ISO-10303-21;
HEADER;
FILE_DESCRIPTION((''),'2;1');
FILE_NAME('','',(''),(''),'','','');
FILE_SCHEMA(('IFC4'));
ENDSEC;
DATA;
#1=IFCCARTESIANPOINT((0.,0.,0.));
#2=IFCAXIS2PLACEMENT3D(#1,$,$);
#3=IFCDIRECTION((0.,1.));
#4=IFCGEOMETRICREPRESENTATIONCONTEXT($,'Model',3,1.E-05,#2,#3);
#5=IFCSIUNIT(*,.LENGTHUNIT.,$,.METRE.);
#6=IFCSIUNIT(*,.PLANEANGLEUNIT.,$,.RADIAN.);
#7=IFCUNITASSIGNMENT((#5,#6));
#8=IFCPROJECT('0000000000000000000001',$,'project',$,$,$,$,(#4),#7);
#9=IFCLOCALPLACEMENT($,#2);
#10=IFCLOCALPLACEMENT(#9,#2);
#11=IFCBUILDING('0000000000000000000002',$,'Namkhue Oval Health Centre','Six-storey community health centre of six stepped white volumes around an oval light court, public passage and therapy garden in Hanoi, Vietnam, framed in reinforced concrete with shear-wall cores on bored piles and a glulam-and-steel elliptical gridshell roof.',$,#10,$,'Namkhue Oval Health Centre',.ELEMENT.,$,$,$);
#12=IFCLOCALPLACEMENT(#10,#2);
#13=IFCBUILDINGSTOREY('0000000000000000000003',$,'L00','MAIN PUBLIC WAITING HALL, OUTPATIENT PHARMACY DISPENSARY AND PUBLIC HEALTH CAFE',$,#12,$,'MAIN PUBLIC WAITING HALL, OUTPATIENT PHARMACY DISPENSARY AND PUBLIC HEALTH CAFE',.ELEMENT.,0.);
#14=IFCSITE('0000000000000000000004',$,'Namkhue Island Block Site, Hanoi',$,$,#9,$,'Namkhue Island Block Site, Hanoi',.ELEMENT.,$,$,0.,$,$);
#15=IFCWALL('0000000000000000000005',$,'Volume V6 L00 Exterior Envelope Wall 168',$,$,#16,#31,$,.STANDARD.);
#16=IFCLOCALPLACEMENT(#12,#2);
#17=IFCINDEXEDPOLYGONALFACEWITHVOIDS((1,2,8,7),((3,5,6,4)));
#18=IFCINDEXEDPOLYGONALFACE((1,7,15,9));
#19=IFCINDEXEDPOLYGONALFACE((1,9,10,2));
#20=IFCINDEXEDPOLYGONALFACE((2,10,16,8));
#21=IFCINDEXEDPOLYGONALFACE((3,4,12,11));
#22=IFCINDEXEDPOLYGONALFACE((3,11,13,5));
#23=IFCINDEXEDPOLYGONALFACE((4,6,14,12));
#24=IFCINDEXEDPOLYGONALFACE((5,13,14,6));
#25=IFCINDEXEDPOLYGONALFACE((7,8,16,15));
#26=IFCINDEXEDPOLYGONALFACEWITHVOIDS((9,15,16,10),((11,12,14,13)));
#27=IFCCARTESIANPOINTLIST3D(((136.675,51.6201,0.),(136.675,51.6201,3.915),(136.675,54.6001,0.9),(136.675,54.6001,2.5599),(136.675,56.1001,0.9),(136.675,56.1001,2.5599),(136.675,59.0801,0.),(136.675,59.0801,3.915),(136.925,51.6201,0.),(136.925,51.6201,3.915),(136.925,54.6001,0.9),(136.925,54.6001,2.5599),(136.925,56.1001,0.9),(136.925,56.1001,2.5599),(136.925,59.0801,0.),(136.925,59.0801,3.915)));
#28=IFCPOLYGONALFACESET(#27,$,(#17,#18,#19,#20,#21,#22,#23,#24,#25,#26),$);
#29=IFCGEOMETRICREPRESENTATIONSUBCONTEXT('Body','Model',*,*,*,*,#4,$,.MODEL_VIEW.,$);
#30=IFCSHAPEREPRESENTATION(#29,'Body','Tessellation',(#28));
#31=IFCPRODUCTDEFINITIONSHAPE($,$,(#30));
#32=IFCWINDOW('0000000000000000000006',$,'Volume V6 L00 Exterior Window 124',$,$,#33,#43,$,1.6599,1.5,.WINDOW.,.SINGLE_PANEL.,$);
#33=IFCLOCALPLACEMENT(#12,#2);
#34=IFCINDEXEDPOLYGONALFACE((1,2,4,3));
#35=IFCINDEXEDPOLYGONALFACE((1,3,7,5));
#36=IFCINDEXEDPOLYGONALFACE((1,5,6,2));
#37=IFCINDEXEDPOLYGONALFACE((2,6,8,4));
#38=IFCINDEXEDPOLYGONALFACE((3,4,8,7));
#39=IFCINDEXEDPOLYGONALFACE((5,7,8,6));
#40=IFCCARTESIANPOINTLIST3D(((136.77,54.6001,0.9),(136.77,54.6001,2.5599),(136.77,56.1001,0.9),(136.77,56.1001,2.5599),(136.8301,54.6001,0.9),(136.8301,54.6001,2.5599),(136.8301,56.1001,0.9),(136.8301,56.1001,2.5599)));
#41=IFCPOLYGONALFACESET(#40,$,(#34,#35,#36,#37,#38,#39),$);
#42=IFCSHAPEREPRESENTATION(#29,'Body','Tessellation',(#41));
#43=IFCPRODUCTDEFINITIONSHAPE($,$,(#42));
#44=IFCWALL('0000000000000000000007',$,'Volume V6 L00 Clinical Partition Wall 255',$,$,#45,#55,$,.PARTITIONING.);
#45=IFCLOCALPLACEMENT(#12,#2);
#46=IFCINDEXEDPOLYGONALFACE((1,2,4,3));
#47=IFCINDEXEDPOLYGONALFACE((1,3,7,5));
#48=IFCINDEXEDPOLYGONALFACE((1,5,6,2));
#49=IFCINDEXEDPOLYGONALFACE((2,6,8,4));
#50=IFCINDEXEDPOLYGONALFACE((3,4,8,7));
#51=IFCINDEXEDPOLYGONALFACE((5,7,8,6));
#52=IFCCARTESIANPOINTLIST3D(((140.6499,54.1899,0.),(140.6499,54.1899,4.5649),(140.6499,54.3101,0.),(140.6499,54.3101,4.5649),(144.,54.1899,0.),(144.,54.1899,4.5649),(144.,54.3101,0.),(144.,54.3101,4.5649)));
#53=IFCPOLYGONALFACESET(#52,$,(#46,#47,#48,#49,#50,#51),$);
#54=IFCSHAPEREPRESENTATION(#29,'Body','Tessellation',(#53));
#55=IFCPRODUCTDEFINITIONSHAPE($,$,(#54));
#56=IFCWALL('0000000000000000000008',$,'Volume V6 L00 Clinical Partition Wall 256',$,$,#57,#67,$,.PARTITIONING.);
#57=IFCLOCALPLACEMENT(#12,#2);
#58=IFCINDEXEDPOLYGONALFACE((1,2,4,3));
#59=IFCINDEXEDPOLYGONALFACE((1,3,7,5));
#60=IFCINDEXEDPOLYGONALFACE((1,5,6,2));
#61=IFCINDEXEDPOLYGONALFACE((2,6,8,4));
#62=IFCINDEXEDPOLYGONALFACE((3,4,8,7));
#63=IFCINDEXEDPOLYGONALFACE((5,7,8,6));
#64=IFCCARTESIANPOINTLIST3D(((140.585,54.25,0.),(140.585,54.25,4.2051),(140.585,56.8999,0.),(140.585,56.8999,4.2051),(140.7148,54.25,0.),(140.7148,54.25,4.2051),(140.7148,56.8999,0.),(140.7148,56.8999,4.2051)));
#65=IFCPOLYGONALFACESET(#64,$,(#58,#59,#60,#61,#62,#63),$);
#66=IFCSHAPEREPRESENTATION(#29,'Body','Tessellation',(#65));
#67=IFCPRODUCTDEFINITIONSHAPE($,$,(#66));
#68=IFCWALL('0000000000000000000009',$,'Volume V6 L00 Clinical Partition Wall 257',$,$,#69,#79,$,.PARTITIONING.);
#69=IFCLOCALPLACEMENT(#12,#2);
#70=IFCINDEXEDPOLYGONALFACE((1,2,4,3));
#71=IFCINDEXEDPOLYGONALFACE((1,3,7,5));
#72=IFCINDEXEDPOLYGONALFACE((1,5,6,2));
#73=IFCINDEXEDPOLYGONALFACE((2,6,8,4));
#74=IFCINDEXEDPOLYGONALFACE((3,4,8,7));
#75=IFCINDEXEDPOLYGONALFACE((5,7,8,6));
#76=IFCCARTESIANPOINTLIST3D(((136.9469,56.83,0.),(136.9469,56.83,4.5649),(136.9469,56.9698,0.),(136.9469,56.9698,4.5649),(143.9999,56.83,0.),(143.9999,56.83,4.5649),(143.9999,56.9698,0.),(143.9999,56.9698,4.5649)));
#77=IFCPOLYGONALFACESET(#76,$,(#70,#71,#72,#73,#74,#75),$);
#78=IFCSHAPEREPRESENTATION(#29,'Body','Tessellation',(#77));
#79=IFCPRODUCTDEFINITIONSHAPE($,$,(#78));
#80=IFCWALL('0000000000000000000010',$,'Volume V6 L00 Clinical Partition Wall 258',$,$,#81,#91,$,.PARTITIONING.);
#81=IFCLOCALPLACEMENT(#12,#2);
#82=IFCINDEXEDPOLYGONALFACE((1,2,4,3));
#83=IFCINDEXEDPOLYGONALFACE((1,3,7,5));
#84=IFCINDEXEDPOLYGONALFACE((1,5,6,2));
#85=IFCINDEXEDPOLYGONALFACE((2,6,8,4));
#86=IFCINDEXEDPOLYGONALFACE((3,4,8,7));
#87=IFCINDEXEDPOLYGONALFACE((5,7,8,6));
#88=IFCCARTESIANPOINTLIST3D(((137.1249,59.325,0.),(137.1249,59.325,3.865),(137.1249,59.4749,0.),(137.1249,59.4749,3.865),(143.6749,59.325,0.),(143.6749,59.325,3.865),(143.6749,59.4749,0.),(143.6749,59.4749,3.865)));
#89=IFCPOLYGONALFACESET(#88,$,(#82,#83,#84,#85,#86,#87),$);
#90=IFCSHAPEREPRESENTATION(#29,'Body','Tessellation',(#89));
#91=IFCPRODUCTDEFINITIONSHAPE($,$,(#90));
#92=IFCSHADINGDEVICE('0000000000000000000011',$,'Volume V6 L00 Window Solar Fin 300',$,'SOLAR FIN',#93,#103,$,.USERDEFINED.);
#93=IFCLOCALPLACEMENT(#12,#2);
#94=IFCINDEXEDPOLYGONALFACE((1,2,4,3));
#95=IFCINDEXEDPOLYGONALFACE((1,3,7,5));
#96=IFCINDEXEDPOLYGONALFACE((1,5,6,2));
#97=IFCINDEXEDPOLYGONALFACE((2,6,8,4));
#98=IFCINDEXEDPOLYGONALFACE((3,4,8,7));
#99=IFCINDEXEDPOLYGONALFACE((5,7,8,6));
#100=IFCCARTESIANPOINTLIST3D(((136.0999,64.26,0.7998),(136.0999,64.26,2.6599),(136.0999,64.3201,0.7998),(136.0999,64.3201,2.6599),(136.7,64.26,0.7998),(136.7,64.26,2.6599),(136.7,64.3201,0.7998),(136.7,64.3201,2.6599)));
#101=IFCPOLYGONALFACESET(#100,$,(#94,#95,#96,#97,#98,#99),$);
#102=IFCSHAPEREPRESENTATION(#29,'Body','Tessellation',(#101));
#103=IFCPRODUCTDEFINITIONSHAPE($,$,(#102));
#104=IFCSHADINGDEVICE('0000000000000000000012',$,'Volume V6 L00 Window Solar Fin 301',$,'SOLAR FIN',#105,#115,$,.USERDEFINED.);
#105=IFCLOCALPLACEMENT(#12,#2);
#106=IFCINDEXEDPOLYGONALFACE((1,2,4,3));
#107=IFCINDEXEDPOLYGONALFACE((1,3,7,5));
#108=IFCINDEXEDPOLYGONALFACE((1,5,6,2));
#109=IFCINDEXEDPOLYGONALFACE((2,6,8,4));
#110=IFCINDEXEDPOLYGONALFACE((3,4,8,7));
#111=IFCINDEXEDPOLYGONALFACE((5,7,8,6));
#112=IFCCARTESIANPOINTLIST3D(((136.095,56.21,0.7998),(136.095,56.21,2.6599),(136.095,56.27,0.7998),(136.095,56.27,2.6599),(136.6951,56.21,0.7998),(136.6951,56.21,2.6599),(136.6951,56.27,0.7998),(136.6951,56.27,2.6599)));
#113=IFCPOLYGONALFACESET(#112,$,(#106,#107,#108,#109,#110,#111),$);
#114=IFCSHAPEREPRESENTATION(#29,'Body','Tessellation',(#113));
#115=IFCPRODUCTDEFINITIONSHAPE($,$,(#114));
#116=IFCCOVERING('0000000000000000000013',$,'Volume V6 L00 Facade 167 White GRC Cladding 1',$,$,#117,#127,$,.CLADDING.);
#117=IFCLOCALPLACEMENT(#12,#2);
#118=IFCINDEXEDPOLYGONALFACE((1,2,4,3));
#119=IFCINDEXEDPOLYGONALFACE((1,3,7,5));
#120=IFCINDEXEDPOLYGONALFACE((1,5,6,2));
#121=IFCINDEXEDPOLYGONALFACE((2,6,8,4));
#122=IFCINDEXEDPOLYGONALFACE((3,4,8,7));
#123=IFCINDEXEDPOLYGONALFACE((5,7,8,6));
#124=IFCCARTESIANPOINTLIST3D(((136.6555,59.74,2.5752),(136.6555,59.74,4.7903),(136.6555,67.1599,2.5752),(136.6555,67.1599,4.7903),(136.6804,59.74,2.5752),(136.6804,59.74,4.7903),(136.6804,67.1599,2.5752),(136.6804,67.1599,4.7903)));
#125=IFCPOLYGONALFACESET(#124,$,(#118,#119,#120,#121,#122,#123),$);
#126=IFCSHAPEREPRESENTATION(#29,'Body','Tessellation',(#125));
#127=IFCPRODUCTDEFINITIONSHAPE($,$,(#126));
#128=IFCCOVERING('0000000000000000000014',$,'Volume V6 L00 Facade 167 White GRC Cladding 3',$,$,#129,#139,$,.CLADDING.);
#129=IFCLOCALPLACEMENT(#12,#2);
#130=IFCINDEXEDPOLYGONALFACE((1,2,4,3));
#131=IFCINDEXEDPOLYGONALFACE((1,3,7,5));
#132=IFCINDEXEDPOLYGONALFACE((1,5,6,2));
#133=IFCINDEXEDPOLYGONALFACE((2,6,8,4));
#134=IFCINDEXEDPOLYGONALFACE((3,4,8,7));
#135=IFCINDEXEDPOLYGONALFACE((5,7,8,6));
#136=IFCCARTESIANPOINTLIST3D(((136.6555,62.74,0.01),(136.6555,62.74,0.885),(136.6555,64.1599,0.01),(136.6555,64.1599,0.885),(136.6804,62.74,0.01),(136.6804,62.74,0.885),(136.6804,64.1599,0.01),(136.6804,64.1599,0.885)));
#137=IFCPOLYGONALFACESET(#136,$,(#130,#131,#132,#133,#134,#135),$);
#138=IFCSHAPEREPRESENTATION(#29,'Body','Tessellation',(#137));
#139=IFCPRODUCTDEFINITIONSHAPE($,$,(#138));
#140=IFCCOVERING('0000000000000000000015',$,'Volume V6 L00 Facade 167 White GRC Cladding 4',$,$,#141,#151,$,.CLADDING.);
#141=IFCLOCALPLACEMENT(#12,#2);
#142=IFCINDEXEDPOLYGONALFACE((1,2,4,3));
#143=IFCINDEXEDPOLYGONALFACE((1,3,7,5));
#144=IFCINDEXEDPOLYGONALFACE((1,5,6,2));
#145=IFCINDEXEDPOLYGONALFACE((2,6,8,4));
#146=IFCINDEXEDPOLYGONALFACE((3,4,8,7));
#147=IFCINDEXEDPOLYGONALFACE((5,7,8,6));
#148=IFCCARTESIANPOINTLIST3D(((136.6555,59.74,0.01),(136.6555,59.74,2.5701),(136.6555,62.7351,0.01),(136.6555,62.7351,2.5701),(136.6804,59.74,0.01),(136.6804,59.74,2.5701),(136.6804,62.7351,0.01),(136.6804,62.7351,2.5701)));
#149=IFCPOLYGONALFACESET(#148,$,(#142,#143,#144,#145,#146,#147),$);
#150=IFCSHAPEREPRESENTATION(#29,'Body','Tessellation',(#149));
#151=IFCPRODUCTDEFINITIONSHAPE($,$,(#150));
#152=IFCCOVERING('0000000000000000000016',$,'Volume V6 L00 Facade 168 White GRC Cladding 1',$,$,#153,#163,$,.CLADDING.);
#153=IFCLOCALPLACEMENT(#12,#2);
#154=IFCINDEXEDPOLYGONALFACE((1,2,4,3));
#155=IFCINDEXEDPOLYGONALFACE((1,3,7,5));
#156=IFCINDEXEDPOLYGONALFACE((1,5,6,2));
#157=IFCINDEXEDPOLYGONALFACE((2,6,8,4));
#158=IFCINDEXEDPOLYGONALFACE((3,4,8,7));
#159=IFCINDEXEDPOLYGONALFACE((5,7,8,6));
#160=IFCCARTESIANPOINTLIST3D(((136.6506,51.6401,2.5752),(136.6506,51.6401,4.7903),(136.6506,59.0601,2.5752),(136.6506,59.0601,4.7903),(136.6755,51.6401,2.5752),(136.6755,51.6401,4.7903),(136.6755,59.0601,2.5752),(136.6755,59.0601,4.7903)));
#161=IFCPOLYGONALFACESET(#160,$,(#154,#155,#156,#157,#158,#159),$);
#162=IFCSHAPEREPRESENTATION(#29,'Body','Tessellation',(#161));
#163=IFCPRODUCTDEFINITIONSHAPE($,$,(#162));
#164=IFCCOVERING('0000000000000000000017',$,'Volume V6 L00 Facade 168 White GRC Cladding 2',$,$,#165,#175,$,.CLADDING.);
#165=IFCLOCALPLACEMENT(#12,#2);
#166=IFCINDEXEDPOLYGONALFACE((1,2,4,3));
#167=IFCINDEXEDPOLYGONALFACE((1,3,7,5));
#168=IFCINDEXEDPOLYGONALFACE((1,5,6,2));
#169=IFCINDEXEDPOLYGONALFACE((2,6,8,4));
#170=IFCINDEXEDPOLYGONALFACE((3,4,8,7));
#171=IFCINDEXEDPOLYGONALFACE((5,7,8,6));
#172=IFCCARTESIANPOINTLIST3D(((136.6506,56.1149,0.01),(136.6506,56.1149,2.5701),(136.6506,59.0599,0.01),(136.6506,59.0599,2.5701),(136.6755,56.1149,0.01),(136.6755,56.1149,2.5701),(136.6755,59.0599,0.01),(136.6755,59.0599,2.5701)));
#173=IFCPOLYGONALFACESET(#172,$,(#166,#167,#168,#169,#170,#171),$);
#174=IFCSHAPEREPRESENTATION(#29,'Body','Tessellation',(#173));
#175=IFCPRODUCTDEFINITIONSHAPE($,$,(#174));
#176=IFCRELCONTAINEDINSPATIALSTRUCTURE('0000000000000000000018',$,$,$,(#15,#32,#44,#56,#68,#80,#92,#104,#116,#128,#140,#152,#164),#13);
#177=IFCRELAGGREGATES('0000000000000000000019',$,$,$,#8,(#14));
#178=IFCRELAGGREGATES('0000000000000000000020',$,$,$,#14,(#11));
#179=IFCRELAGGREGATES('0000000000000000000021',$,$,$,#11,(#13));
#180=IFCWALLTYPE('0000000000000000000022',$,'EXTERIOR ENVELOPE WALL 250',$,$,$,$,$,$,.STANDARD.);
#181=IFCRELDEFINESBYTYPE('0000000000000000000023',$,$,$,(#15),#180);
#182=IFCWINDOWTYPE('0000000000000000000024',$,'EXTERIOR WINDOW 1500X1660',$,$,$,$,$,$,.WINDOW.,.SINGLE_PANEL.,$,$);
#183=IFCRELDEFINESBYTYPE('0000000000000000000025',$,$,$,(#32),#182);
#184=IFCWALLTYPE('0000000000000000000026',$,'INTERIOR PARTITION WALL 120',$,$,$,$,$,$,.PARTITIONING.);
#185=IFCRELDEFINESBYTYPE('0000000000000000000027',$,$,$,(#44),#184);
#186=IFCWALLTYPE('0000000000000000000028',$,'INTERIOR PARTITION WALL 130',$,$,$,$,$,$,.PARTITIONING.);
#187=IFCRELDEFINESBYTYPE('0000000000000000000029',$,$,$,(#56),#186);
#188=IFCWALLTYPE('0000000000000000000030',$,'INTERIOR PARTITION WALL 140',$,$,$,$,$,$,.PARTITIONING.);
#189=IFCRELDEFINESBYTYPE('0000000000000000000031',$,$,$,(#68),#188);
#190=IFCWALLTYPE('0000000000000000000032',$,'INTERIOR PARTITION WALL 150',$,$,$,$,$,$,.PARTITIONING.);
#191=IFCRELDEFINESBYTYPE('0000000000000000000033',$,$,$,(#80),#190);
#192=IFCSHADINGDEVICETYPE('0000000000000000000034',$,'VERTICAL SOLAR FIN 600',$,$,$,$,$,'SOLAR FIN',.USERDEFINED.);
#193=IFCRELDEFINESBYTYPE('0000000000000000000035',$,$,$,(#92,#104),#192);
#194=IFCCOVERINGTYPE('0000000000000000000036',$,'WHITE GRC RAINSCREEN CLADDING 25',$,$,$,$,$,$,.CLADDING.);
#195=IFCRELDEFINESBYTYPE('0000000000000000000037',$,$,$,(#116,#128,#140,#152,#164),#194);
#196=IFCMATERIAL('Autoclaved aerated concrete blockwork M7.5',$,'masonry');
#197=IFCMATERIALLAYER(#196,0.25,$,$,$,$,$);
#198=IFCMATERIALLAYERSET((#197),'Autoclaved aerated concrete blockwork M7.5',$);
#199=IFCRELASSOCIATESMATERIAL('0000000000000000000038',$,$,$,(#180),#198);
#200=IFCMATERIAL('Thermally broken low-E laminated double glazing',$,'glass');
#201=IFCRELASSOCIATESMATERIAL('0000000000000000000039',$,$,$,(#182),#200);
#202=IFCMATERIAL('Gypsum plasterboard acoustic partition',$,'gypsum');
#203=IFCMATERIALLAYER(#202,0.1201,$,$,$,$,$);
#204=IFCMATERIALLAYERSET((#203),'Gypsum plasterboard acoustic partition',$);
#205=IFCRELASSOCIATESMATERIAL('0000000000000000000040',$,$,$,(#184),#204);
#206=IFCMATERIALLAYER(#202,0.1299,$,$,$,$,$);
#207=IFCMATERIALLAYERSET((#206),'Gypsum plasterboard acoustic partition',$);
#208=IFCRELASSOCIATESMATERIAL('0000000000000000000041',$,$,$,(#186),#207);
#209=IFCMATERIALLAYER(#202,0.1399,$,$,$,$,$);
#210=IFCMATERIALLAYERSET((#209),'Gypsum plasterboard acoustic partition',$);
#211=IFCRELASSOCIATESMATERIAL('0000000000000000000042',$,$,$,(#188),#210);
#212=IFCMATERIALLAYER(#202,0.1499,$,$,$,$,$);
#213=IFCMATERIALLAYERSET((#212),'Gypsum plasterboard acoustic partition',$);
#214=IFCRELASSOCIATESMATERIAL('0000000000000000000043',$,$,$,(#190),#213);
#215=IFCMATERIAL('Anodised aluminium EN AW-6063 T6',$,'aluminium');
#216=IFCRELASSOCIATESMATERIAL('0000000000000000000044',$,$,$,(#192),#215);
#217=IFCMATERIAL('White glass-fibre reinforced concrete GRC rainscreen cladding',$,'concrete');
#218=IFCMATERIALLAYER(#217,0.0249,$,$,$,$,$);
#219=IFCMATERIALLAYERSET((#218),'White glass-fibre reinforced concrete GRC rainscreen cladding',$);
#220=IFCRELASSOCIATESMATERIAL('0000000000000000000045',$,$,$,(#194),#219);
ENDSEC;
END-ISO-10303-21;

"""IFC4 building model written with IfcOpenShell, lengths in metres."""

from ifc_helpers import new_model, si_unit, direction, frame, frame_2d, origin, origin_2d, place, context, subcontext, project, spatial, rectangle, extrude, material, layer, layer_set, type_object, element, fill, save


model = new_model("IFC4")

# Units and contexts
model_context = context("Model", 3, precision=1e-05, world=origin(), true_north=direction((0.0, 1.0)))
body_context = subcontext(model_context, "Body", "Model", "MODEL_VIEW")
ifc_project = project(units=[si_unit("LENGTHUNIT", "METRE"), si_unit("PLANEANGLEUNIT", "RADIAN")], contexts=[model_context])

# Site, building, storey
site_placement = place(None, origin())
site = spatial("IfcSite", under=ifc_project, at=site_placement, Name="Namkhue Island Block Site, Hanoi", LongName="Namkhue Island Block Site, Hanoi", CompositionType="ELEMENT", RefElevation=0.0)
building_placement = place(site_placement, origin())
building = spatial("IfcBuilding", under=site, at=building_placement, Name="Namkhue Oval Health Centre", Description="Six-storey community health centre of six stepped white volumes around an oval light court, public passage and therapy garden in Hanoi, Vietnam, framed in reinforced concrete with shear-wall cores on bored piles and a glulam-and-steel elliptical gridshell roof.", LongName="Namkhue Oval Health Centre", CompositionType="ELEMENT")
storey_placement = place(building_placement, origin())
storey = spatial("IfcBuildingStorey", under=building, at=storey_placement, Name="L00", Description="MAIN PUBLIC WAITING HALL, OUTPATIENT PHARMACY DISPENSARY AND PUBLIC HEALTH CAFE", LongName="MAIN PUBLIC WAITING HALL, OUTPATIENT PHARMACY DISPENSARY AND PUBLIC HEALTH CAFE", CompositionType="ELEMENT", Elevation=0.0)

# Wall, opening, window
ifc_material_1 = material(Name="Autoclaved aerated concrete blockwork M7.5", Category="masonry")
ifc_layer_1 = layer(ifc_material_1, 0.25)
ifc_layer_set_1 = layer_set([ifc_layer_1], Name="Autoclaved aerated concrete blockwork M7.5")
wall_type_1 = type_object("IfcWallType", Name="EXTERIOR ENVELOPE WALL 250", PredefinedType="STANDARD", material=ifc_layer_set_1)
wall_1_placement = place(storey_placement, frame((136.8, 59.0801, 0.0), z_axis=(0.0, 0.0, 1.0), x_axis=(0.0, -1.0, 0.0)))
wall_1 = element("IfcWall", 1, at=wall_1_placement, inside=storey, type_object=wall_type_1, Name="Volume V6 L00 Exterior Envelope Wall 168", PredefinedType="STANDARD", context=body_context, shape_type="SweptSolid", body=[
    extrude(rectangle(XDim=7.46, YDim=0.25, at=frame_2d((3.73, 0.0))), origin(), (0.0, 0.0, 1.0), 3.915),
])
opening_placement = place(wall_1_placement, frame((2.98, 0.0, 0.8999)))
opening = element("IfcOpeningElement", 2, at=opening_placement, cuts=wall_1, PredefinedType="OPENING", context=body_context, shape_type="SweptSolid", body=[
    extrude(rectangle(XDim=1.5, YDim=1.6599, at=frame_2d((0.75, 0.8301))), frame((0.0, 0.135, 0.0), z_axis=(0.0, -1.0, 0.0), x_axis=(1.0, 0.0, 0.0)), (0.0, 0.0, 1.0), 0.27),
])
ifc_material_2 = material(Name="Thermally broken low-E laminated double glazing", Category="glass")
window_type = type_object("IfcWindowType", Name="EXTERIOR WINDOW 1500X1660", PartitioningType="SINGLE_PANEL", PredefinedType="WINDOW", material=ifc_material_2)
window_placement = place(opening_placement, origin())
window = element("IfcWindow", 3, at=window_placement, inside=storey, type_object=window_type, Name="Volume V6 L00 Exterior Window 124", OverallHeight=1.6599, OverallWidth=1.5, PartitioningType="SINGLE_PANEL", PredefinedType="WINDOW", context=body_context, shape_type="SweptSolid", body=[
    extrude(rectangle(XDim=1.5, YDim=1.6599, at=frame_2d((0.75, 0.8301))), frame((0.0, 0.03, 0.0), z_axis=(0.0, -1.0, 0.0), x_axis=(1.0, 0.0, 0.0)), (0.0, 0.0, 1.0), 0.0601),
])
fill(opening, window)

# Walls
ifc_material_3 = material(Name="Gypsum plasterboard acoustic partition", Category="gypsum")
ifc_layer_2 = layer(ifc_material_3, 0.1201)
ifc_layer_set_2 = layer_set([ifc_layer_2], Name="Gypsum plasterboard acoustic partition")
wall_type_2 = type_object("IfcWallType", Name="INTERIOR PARTITION WALL 120", PredefinedType="PARTITIONING", material=ifc_layer_set_2)
wall_2_placement = place(storey_placement, frame((140.6499, 54.25, 0.0), z_axis=(0.0, 0.0, 1.0), x_axis=(1.0, 0.0, 0.0)))
element("IfcWall", 4, at=wall_2_placement, inside=storey, type_object=wall_type_2, Name="Volume V6 L00 Clinical Partition Wall 255", PredefinedType="PARTITIONING", context=body_context, shape_type="SweptSolid", body=[
    extrude(rectangle(XDim=3.3501, YDim=0.1201, at=frame_2d((1.675, 0.0))), origin(), (0.0, 0.0, 1.0), 4.5649),
])
ifc_layer_3 = layer(ifc_material_3, 0.1299)
ifc_layer_set_3 = layer_set([ifc_layer_3], Name="Gypsum plasterboard acoustic partition")
wall_type_3 = type_object("IfcWallType", Name="INTERIOR PARTITION WALL 130", PredefinedType="PARTITIONING", material=ifc_layer_set_3)
wall_3_placement = place(storey_placement, frame((140.6499, 54.25, 0.0), z_axis=(0.0, 0.0, 1.0), x_axis=(0.0, 1.0, 0.0)))
element("IfcWall", 5, at=wall_3_placement, inside=storey, type_object=wall_type_3, Name="Volume V6 L00 Clinical Partition Wall 256", PredefinedType="PARTITIONING", context=body_context, shape_type="SweptSolid", body=[
    extrude(rectangle(XDim=2.6499, YDim=0.1299, at=frame_2d((1.325, 0.0))), origin(), (0.0, 0.0, 1.0), 4.2051),
])
ifc_layer_4 = layer(ifc_material_3, 0.1399)
ifc_layer_set_4 = layer_set([ifc_layer_4], Name="Gypsum plasterboard acoustic partition")
wall_type_4 = type_object("IfcWallType", Name="INTERIOR PARTITION WALL 140", PredefinedType="PARTITIONING", material=ifc_layer_set_4)
wall_4_placement = place(storey_placement, frame((136.947, 56.8999, 0.0), z_axis=(0.0, 0.0, 1.0), x_axis=(1.0, 0.0, 0.0)))
element("IfcWall", 6, at=wall_4_placement, inside=storey, type_object=wall_type_4, Name="Volume V6 L00 Clinical Partition Wall 257", PredefinedType="PARTITIONING", context=body_context, shape_type="SweptSolid", body=[
    extrude(rectangle(XDim=7.053, YDim=0.1399, at=frame_2d((3.5264, 0.0))), origin(), (0.0, 0.0, 1.0), 4.5649),
])
ifc_layer_5 = layer(ifc_material_3, 0.1499)
ifc_layer_set_5 = layer_set([ifc_layer_5], Name="Gypsum plasterboard acoustic partition")
wall_type_5 = type_object("IfcWallType", Name="INTERIOR PARTITION WALL 150", PredefinedType="PARTITIONING", material=ifc_layer_set_5)
wall_5_placement = place(storey_placement, frame((137.125, 59.3999, 0.0), z_axis=(0.0, 0.0, 1.0), x_axis=(1.0, 0.0, 0.0)))
element("IfcWall", 7, at=wall_5_placement, inside=storey, type_object=wall_type_5, Name="Volume V6 L00 Clinical Partition Wall 258", PredefinedType="PARTITIONING", context=body_context, shape_type="SweptSolid", body=[
    extrude(rectangle(XDim=6.55, YDim=0.1499, at=frame_2d((3.2749, 0.0))), origin(), (0.0, 0.0, 1.0), 3.865),
])

# Shading devices
ifc_material_4 = material(Name="Anodised aluminium EN AW-6063 T6", Category="aluminium")
shading_device_type = type_object("IfcShadingDeviceType", Name="VERTICAL SOLAR FIN 600", ElementType="SOLAR FIN", PredefinedType="USERDEFINED", material=ifc_material_4)
for number, where, z_axis, x_axis, name in (
    (8, (136.3999, 64.29, 0.7998), (0.0, 0.0, 1.0), (-1.0, 0.0, 0.0), "Volume V6 L00 Window Solar Fin 300"),
    (9, (136.395, 56.24, 0.7998), (0.0, 0.0, 1.0), (-1.0, 0.0, 0.0), "Volume V6 L00 Window Solar Fin 301"),
):
    element("IfcShadingDevice", number, at=place(storey_placement, frame(where, z_axis=z_axis, x_axis=x_axis)), inside=storey, type_object=shading_device_type, Name=name, ObjectType="SOLAR FIN", PredefinedType="USERDEFINED", context=body_context, shape_type="SweptSolid", body=[
        extrude(rectangle(XDim=0.6001, YDim=0.0601, at=origin_2d()), origin(), (0.0, 0.0, 1.0), 1.8601),
    ])

# Coverings
ifc_material_5 = material(Name="White glass-fibre reinforced concrete GRC rainscreen cladding", Category="concrete")
ifc_layer_6 = layer(ifc_material_5, 0.0249)
ifc_layer_set_6 = layer_set([ifc_layer_6], Name="White glass-fibre reinforced concrete GRC rainscreen cladding")
covering_type = type_object("IfcCoveringType", Name="WHITE GRC RAINSCREEN CLADDING 25", PredefinedType="CLADDING", material=ifc_layer_set_6)
covering_1_placement = place(storey_placement, frame((136.668, 63.45, 2.5752), z_axis=(0.0, 0.0, 1.0), x_axis=(0.0, -1.0, 0.0)))
element("IfcCovering", 10, at=covering_1_placement, inside=storey, type_object=covering_type, Name="Volume V6 L00 Facade 167 White GRC Cladding 1", PredefinedType="CLADDING", context=body_context, shape_type="SweptSolid", body=[
    extrude(rectangle(XDim=7.4199, YDim=0.0249, at=origin_2d()), origin(), (0.0, 0.0, 1.0), 2.2151),
])
covering_2_placement = place(storey_placement, frame((136.668, 63.45, 0.01), z_axis=(0.0, 0.0, 1.0), x_axis=(0.0, -1.0, 0.0)))
element("IfcCovering", 11, at=covering_2_placement, inside=storey, type_object=covering_type, Name="Volume V6 L00 Facade 167 White GRC Cladding 3", PredefinedType="CLADDING", context=body_context, shape_type="SweptSolid", body=[
    extrude(rectangle(XDim=1.4199, YDim=0.0249, at=origin_2d()), origin(), (0.0, 0.0, 1.0), 0.875),
])
covering_3_placement = place(storey_placement, frame((136.668, 61.2375, 0.01), z_axis=(0.0, 0.0, 1.0), x_axis=(0.0, -1.0, 0.0)))
element("IfcCovering", 12, at=covering_3_placement, inside=storey, type_object=covering_type, Name="Volume V6 L00 Facade 167 White GRC Cladding 4", PredefinedType="CLADDING", context=body_context, shape_type="SweptSolid", body=[
    extrude(rectangle(XDim=2.9951, YDim=0.0249, at=origin_2d()), origin(), (0.0, 0.0, 1.0), 2.5601),
])
covering_4_placement = place(storey_placement, frame((136.6631, 55.3501, 2.5752), z_axis=(0.0, 0.0, 1.0), x_axis=(0.0, -1.0, 0.0)))
element("IfcCovering", 13, at=covering_4_placement, inside=storey, type_object=covering_type, Name="Volume V6 L00 Facade 168 White GRC Cladding 1", PredefinedType="CLADDING", context=body_context, shape_type="SweptSolid", body=[
    extrude(rectangle(XDim=7.4199, YDim=0.0249, at=origin_2d()), origin(), (0.0, 0.0, 1.0), 2.2151),
])
covering_5_placement = place(storey_placement, frame((136.6631, 57.5874, 0.01), z_axis=(0.0, 0.0, 1.0), x_axis=(0.0, -1.0, 0.0)))
element("IfcCovering", 14, at=covering_5_placement, inside=storey, type_object=covering_type, Name="Volume V6 L00 Facade 168 White GRC Cladding 2", PredefinedType="CLADDING", context=body_context, shape_type="SweptSolid", body=[
    extrude(rectangle(XDim=2.9451, YDim=0.0249, at=origin_2d()), origin(), (0.0, 0.0, 1.0), 2.5601),
])

save(model, "model.ifc")
